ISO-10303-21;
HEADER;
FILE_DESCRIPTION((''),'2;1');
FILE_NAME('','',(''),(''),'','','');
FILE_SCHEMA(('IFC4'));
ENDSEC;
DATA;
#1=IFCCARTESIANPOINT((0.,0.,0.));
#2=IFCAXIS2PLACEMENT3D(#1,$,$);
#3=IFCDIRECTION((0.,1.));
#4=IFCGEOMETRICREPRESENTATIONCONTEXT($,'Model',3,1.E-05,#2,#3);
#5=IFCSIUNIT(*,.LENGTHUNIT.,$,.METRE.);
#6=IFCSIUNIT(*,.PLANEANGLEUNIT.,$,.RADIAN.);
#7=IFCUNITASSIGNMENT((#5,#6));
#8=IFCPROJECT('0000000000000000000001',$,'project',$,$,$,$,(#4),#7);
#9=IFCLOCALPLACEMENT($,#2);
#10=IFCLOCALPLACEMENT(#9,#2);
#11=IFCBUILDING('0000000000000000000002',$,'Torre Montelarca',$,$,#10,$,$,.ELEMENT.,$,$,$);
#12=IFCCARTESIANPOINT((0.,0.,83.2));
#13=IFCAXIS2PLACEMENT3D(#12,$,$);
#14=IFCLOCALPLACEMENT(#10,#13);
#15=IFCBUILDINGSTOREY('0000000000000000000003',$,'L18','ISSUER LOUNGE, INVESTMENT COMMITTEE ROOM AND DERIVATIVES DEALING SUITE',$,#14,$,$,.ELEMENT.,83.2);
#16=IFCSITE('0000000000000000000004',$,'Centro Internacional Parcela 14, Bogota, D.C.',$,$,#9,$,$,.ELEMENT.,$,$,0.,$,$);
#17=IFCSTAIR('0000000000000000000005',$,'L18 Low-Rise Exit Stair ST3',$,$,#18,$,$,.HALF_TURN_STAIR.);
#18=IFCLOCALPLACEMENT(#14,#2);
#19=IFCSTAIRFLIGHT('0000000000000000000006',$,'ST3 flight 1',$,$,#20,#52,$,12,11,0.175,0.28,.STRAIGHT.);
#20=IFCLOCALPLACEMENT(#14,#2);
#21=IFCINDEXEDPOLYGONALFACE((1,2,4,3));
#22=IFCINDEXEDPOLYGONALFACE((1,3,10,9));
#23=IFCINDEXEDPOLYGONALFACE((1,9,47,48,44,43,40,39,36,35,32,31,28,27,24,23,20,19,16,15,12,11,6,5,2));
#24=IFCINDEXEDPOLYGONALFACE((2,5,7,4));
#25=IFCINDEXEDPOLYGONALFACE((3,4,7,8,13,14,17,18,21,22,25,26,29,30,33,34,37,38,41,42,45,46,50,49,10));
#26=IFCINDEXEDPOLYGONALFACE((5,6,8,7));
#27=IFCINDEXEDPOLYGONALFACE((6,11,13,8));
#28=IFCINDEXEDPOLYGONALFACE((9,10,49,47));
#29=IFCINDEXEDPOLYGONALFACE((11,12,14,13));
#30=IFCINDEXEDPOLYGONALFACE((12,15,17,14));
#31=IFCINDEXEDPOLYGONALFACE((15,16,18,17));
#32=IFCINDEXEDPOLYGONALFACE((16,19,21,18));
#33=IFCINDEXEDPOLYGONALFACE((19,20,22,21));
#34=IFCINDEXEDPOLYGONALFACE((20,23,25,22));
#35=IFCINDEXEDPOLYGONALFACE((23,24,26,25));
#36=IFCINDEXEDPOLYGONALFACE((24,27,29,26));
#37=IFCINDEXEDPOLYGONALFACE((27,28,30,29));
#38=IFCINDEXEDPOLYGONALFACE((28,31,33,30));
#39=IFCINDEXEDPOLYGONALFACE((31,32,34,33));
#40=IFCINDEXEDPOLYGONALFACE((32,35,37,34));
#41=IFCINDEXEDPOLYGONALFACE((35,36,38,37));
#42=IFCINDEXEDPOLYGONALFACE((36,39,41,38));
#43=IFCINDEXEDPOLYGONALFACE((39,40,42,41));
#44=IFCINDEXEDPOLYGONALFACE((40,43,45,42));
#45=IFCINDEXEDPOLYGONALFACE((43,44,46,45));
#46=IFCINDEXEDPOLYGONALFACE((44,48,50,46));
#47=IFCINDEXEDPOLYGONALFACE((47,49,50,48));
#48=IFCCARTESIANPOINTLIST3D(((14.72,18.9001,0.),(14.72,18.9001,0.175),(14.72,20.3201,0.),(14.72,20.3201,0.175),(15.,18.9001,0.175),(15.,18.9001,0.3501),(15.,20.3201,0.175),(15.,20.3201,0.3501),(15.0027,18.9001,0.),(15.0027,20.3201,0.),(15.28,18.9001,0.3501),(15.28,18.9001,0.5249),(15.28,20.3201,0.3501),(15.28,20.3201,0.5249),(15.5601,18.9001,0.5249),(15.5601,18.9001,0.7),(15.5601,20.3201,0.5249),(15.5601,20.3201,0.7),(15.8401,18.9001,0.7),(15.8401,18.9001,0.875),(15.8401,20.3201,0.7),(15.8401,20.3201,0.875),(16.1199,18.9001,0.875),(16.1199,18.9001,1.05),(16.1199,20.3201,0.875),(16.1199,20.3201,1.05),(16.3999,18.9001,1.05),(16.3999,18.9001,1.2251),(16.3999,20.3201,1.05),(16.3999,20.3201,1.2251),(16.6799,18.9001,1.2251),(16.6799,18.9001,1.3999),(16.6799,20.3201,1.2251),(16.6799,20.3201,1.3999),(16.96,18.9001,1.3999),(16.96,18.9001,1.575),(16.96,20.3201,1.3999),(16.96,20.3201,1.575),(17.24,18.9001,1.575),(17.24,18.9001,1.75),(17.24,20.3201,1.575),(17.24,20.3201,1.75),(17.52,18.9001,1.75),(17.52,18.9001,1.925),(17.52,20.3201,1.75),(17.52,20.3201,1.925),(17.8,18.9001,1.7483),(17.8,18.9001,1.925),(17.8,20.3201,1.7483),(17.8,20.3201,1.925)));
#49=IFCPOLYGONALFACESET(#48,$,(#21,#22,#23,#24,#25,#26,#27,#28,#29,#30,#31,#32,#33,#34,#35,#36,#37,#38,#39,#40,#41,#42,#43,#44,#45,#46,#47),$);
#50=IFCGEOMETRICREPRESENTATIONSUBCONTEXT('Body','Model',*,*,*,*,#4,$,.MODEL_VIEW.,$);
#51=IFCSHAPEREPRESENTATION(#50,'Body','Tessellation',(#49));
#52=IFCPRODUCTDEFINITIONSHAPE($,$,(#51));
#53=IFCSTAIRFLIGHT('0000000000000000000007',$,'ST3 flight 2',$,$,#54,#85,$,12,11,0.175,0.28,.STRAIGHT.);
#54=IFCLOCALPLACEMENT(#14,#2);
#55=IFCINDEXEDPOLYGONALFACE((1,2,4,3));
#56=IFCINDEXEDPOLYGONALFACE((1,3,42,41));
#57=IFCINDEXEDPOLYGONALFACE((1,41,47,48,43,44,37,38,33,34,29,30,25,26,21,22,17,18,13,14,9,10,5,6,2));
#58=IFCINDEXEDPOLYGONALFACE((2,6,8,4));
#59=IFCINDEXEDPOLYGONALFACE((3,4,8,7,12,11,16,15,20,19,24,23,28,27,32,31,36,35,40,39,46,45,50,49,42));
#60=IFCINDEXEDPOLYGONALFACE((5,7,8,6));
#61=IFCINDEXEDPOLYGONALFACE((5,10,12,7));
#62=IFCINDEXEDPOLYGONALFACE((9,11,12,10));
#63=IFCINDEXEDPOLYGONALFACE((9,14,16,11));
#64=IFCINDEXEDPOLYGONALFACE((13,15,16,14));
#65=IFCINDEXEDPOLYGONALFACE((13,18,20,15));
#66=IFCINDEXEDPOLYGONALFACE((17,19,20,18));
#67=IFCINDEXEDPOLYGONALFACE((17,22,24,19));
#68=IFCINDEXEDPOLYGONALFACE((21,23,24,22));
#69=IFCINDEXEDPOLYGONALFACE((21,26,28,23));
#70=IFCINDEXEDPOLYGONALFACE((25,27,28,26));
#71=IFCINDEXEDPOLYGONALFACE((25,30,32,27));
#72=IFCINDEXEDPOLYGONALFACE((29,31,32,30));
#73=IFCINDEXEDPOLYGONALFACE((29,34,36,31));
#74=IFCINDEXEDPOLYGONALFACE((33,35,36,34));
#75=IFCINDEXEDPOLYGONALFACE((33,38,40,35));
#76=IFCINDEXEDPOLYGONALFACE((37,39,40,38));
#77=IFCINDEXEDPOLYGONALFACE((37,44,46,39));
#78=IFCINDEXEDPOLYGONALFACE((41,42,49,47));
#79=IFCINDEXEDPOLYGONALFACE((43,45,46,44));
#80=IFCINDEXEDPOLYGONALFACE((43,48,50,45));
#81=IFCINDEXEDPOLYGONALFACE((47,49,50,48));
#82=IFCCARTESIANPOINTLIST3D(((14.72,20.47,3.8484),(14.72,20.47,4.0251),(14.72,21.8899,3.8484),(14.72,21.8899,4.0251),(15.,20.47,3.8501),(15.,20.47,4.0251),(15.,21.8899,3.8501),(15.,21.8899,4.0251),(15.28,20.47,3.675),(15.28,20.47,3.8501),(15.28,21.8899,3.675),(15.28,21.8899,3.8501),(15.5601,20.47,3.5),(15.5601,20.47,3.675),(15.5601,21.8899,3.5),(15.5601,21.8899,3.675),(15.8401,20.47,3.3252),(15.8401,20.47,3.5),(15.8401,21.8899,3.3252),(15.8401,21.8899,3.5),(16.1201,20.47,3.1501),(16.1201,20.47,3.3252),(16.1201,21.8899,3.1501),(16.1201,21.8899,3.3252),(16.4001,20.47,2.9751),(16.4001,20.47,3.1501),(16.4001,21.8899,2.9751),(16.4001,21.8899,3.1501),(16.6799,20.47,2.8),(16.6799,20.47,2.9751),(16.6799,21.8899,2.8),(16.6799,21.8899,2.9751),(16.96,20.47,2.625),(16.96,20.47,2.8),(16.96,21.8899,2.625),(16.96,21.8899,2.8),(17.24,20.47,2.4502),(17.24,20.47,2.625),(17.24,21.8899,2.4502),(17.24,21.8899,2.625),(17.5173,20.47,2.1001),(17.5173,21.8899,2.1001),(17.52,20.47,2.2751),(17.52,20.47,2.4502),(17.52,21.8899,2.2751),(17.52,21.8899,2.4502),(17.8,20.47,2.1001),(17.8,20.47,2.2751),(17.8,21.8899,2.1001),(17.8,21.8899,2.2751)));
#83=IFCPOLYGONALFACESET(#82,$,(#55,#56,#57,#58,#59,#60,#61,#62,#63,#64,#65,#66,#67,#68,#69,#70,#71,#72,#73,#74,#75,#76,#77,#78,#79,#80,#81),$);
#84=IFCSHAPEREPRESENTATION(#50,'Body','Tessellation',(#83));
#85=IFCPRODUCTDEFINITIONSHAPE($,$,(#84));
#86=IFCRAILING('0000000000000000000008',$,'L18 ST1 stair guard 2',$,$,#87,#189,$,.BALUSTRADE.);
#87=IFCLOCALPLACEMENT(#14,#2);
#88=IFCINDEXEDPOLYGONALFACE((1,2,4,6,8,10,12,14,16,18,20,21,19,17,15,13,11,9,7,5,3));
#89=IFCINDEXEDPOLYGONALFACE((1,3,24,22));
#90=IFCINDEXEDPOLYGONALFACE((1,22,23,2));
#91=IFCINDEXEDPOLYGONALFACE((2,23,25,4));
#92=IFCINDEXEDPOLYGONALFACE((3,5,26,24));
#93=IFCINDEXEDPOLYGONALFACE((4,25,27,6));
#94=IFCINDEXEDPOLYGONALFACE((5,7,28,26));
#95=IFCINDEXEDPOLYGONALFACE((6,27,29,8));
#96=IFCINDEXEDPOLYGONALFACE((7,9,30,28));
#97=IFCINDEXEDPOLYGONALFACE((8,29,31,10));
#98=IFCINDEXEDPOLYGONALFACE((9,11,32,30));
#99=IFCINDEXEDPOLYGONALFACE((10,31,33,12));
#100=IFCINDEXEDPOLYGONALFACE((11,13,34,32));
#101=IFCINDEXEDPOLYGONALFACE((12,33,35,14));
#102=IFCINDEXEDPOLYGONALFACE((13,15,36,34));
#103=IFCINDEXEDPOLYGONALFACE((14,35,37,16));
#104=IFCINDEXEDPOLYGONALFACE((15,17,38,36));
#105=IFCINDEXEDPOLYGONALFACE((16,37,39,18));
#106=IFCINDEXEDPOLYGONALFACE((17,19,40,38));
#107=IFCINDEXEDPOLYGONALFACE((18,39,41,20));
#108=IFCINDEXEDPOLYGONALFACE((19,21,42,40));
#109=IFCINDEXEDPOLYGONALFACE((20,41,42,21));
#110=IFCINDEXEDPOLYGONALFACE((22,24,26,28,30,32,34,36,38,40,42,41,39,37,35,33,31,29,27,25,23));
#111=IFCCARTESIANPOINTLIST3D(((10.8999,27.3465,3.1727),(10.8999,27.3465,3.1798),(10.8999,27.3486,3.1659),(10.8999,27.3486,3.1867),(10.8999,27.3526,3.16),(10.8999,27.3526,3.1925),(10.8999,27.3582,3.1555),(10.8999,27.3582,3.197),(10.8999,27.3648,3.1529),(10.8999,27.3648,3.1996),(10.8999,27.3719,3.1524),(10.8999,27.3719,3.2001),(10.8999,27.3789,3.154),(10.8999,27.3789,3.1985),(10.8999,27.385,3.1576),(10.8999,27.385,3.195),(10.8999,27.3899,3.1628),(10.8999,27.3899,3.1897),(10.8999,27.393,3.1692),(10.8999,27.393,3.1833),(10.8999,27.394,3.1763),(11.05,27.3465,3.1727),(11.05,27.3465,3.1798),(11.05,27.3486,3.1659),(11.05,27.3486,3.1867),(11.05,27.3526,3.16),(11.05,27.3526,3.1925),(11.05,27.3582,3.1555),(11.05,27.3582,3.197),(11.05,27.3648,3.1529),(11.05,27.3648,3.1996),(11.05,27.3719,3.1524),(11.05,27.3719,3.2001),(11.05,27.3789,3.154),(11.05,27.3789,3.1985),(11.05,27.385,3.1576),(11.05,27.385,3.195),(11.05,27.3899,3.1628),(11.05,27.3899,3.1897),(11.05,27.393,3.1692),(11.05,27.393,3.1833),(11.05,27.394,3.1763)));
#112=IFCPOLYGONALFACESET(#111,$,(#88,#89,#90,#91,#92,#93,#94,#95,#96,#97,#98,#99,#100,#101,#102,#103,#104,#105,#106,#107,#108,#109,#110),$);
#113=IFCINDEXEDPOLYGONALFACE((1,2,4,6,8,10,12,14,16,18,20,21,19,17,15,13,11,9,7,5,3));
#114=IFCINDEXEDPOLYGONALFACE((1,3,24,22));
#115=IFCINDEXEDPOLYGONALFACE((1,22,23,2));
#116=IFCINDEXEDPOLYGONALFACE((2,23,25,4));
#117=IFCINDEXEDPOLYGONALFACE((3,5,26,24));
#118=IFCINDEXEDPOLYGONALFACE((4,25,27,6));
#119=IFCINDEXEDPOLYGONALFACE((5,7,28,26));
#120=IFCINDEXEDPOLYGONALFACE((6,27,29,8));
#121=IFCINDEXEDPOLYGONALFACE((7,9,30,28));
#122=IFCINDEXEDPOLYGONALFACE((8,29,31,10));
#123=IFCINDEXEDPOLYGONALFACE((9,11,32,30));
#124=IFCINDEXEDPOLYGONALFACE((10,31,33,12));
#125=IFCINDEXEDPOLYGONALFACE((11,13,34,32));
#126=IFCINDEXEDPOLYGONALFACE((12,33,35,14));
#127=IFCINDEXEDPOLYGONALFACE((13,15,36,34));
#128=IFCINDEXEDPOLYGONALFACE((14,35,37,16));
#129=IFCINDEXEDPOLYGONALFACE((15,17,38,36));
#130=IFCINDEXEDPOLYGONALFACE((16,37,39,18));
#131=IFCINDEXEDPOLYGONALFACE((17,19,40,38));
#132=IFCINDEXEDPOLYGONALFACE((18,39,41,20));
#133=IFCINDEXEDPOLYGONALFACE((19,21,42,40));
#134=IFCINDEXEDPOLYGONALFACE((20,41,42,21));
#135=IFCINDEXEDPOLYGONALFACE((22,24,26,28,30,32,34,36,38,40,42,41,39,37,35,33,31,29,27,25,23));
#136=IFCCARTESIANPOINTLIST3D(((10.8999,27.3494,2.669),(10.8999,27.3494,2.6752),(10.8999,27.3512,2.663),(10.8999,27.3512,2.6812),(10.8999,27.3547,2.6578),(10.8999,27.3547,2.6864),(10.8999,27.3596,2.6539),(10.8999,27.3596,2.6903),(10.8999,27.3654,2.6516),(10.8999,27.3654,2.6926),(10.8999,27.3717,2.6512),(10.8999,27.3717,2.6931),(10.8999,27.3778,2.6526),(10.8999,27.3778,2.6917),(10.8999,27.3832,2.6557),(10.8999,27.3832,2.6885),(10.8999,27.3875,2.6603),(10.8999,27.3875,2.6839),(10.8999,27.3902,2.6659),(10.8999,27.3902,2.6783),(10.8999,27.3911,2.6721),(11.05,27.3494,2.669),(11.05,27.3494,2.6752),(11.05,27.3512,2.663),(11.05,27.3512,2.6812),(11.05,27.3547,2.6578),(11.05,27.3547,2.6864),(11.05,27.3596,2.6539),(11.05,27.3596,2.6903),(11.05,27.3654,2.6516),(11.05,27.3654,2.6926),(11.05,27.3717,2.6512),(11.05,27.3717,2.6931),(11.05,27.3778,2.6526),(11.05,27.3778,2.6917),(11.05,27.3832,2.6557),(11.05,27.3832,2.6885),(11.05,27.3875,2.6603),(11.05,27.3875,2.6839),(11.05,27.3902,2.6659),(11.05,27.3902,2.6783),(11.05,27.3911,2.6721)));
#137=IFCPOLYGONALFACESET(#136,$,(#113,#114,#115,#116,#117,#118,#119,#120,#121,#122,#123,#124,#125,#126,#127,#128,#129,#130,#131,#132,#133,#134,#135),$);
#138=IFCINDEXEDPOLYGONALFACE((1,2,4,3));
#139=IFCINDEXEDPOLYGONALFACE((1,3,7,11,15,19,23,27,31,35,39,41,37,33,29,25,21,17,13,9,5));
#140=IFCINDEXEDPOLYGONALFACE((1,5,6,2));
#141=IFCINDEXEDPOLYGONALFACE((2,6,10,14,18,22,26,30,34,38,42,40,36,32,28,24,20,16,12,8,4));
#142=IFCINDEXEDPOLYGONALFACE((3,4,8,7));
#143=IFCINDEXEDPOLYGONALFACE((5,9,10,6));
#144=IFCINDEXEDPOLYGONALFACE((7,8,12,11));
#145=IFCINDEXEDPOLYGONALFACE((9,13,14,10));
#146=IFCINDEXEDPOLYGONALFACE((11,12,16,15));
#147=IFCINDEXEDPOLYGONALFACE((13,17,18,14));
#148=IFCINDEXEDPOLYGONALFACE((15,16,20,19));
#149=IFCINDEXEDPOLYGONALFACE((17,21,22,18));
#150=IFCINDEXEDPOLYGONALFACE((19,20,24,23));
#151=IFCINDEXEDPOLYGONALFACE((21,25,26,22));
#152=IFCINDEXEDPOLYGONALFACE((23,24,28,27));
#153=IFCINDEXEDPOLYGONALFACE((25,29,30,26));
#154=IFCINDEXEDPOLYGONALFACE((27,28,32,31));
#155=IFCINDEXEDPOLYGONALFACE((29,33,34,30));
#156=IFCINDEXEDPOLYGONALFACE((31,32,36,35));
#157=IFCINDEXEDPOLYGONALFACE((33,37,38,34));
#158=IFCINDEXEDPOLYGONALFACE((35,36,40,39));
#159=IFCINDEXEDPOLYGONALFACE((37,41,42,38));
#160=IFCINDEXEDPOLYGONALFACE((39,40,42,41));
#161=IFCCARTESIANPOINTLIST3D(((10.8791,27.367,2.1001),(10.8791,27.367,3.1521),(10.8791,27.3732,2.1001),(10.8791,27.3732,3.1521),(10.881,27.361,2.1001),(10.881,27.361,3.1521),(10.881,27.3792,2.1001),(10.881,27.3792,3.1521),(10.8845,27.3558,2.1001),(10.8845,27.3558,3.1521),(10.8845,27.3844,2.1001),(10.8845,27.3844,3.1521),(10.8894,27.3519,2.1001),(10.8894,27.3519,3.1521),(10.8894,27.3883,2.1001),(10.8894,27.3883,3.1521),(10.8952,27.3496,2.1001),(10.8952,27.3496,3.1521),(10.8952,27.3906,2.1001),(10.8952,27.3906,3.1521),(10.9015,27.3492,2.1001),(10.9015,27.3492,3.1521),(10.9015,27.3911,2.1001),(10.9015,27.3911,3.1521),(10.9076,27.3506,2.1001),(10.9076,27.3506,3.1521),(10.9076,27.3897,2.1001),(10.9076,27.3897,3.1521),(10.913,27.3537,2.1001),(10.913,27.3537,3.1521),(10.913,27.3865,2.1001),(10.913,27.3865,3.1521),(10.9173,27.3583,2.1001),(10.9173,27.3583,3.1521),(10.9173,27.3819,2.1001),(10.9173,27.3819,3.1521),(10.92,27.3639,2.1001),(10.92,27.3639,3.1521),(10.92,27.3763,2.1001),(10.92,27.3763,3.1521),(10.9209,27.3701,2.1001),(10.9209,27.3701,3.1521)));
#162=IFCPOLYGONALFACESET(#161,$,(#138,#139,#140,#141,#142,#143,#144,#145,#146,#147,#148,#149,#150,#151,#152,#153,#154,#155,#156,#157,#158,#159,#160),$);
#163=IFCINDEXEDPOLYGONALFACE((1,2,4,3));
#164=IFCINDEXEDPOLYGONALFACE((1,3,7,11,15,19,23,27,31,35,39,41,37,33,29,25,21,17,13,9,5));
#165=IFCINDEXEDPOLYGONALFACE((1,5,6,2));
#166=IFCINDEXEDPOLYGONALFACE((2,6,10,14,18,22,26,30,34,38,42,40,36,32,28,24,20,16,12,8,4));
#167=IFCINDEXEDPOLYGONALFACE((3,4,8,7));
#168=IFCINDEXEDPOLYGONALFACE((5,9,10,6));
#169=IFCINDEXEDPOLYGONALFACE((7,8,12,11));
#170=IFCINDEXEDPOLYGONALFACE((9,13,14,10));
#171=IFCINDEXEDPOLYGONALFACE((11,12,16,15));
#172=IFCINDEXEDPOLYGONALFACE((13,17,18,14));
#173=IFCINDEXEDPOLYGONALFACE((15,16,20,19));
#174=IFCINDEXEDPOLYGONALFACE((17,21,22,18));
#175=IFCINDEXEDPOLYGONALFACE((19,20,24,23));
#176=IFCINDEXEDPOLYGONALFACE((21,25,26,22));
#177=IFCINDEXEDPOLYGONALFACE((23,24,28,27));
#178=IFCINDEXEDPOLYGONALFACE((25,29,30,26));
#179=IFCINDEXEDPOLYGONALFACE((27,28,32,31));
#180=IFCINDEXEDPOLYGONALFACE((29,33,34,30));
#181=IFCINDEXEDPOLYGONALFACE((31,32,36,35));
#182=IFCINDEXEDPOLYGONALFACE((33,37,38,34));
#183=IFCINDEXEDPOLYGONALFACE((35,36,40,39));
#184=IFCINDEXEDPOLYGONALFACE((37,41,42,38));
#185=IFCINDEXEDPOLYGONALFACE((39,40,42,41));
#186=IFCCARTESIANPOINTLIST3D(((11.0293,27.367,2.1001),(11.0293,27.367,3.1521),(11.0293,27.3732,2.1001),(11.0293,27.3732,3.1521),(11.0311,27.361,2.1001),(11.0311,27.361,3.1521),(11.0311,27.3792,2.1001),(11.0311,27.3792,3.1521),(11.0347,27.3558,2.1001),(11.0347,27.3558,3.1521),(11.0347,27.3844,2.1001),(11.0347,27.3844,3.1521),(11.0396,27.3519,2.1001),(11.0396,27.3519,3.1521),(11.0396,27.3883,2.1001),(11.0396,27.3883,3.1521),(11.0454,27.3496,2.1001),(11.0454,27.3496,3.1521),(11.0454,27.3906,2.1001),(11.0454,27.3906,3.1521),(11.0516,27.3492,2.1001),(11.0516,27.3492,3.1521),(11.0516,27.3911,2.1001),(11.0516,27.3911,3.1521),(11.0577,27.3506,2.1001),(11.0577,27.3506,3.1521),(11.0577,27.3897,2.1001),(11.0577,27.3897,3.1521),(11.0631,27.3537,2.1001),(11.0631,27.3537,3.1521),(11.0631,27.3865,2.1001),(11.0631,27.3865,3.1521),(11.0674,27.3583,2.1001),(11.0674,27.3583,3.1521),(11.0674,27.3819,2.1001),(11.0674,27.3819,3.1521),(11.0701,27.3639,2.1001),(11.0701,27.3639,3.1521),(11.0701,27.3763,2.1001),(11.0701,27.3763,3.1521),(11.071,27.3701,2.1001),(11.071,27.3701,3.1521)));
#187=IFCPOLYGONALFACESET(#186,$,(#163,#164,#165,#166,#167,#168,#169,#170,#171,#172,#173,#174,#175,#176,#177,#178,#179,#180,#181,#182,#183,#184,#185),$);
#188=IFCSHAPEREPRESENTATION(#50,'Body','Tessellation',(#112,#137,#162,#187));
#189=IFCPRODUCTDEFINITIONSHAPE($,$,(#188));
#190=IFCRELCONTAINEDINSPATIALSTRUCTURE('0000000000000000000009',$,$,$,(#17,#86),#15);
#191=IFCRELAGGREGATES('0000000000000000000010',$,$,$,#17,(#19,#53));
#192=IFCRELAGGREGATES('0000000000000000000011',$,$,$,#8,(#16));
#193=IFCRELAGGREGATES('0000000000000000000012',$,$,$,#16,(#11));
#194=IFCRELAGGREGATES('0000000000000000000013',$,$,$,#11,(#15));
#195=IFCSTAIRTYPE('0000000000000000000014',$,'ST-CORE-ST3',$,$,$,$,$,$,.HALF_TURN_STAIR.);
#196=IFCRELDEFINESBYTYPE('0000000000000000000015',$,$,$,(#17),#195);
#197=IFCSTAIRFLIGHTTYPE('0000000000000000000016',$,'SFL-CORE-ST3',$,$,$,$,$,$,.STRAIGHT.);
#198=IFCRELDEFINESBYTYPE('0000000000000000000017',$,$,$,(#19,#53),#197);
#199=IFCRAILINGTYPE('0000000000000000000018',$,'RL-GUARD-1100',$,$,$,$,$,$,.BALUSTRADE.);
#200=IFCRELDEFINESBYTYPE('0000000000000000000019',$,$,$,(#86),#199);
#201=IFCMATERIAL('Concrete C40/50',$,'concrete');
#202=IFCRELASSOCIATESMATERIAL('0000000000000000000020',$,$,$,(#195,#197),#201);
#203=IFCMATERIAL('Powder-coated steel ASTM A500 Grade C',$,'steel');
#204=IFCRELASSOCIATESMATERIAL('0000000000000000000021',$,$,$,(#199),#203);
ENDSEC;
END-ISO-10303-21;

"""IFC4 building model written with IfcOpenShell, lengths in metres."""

from ifc_helpers import new_model, si_unit, direction, frame, origin, origin_2d, place, context, subcontext, project, spatial, polyline, circle, outline, extrude, material, type_object, element, aggregate, save


model = new_model("IFC4")

# Units and contexts
model_context = context("Model", 3, precision=1e-05, world=origin(), true_north=direction((0.0, 1.0)))
body_context = subcontext(model_context, "Body", "Model", "MODEL_VIEW")
ifc_project = project(units=[si_unit("LENGTHUNIT", "METRE"), si_unit("PLANEANGLEUNIT", "RADIAN")], contexts=[model_context])

# Site, building, storey
site_placement = place(None, origin())
site = spatial("IfcSite", under=ifc_project, at=site_placement, Name="Centro Internacional Parcela 14, Bogota, D.C.", CompositionType="ELEMENT", RefElevation=0.0)
building_placement = place(site_placement, origin())
building = spatial("IfcBuilding", under=site, at=building_placement, Name="Torre Montelarca", CompositionType="ELEMENT")
storey_placement = place(building_placement, frame((0.0, 0.0, 83.2)))
storey = spatial("IfcBuildingStorey", under=building, at=storey_placement, Name="L18", Description="ISSUER LOUNGE, INVESTMENT COMMITTEE ROOM AND DERIVATIVES DEALING SUITE", CompositionType="ELEMENT", Elevation=83.2)

# Shared definitions
ifc_material_1 = material(Name="Concrete C40/50", Category="concrete")

# Stair, stair flights
stair_type = type_object("IfcStairType", Name="ST-CORE-ST3", PredefinedType="HALF_TURN_STAIR", material=ifc_material_1)
stair_placement = place(storey_placement, origin())
stair = element("IfcStair", 1, at=stair_placement, inside=storey, type_object=stair_type, Name="L18 Low-Rise Exit Stair ST3", PredefinedType="HALF_TURN_STAIR")
stair_flight_type = type_object("IfcStairFlightType", Name="SFL-CORE-ST3", PredefinedType="STRAIGHT", material=ifc_material_1)
stair_flight_1_placement = place(storey_placement, frame((14.72, 19.6101, 0.0), z_axis=(0.0, 0.0, 1.0), x_axis=(1.0, 0.0, 0.0)))
stair_flight_1 = element("IfcStairFlight", 2, at=stair_flight_1_placement, type_object=stair_flight_type, Name="ST3 flight 1", NumberOfRisers=12, NumberOfTreads=11, PredefinedType="STRAIGHT", RiserHeight=0.175, TreadLength=0.28, context=body_context, shape_type="SweptSolid", body=[
    extrude(outline(polyline([(0.0, 0.0), (0.0, 0.175), (0.28, 0.175), (0.28, 0.3501), (0.5601, 0.3501), (0.5601, 0.5249), (0.8401, 0.5249), (0.8401, 0.7), (1.1201, 0.7), (1.1201, 0.875), (1.3999, 0.875), (1.3999, 1.05), (1.6799, 1.05), (1.6799, 1.2251), (1.96, 1.2251), (1.96, 1.3999), (2.24, 1.3999), (2.24, 1.575), (2.52, 1.575), (2.52, 1.75), (2.8, 1.75), (2.8, 1.925), (3.0801, 1.925), (3.0801, 2.1001), (3.0801, 1.7483), (0.2827, 0.0), (0.0, 0.0)])), frame((0.0, 0.71, 0.0), z_axis=(0.0, -1.0, 0.0), x_axis=(1.0, 0.0, 0.0)), (0.0, 0.0, 1.0), 1.4199),
])
stair_flight_2_placement = place(storey_placement, frame((17.8, 21.1799, 2.1001), z_axis=(0.0, 0.0, 1.0), x_axis=(-1.0, 0.0, 0.0)))
stair_flight_2 = element("IfcStairFlight", 3, at=stair_flight_2_placement, type_object=stair_flight_type, Name="ST3 flight 2", NumberOfRisers=12, NumberOfTreads=11, PredefinedType="STRAIGHT", RiserHeight=0.175, TreadLength=0.28, context=body_context, shape_type="SweptSolid", body=[
    extrude(outline(polyline([(0.0, 0.0), (0.0, 0.175), (0.28, 0.175), (0.28, 0.3501), (0.5601, 0.3501), (0.5601, 0.5249), (0.8401, 0.5249), (0.8401, 0.7), (1.1201, 0.7), (1.1201, 0.875), (1.3999, 0.875), (1.3999, 1.05), (1.6799, 1.05), (1.6799, 1.2251), (1.96, 1.2251), (1.96, 1.3999), (2.24, 1.3999), (2.24, 1.575), (2.52, 1.575), (2.52, 1.75), (2.8, 1.75), (2.8, 1.925), (3.0801, 1.925), (3.0801, 2.1001), (3.0801, 1.7483), (0.2827, 0.0), (0.0, 0.0)])), frame((0.0, 0.71, 0.0), z_axis=(0.0, -1.0, 0.0), x_axis=(1.0, 0.0, 0.0)), (0.0, 0.0, 1.0), 1.4199),
])
aggregate(stair, [stair_flight_1, stair_flight_2])

# Railing
ifc_material_2 = material(Name="Powder-coated steel ASTM A500 Grade C", Category="steel")
railing_type_1 = type_object("IfcRailingType", Name="RL-GUARD-1100", PredefinedType="BALUSTRADE", material=ifc_material_2)
railing_1_placement = place(storey_placement, frame((10.8999, 27.3701, 2.1001)))
element("IfcRailing", 4, at=railing_1_placement, inside=storey, type_object=railing_type_1, Name="L18 ST1 stair guard 2", PredefinedType="BALUSTRADE", context=body_context, shape_type="SweptSolid", body=[
    extrude(circle(Radius=0.0239, at=origin_2d()), frame((0.0, 0.0, 1.0762), z_axis=(1.0, 0.0, 0.0), x_axis=(0.0, 1.0, 0.0)), (0.0, 0.0, 1.0), 0.1501),
    extrude(circle(Radius=0.021, at=origin_2d()), frame((0.0, 0.0, 0.572), z_axis=(1.0, 0.0, 0.0), x_axis=(0.0, 1.0, 0.0)), (0.0, 0.0, 1.0), 0.1501),
    extrude(circle(Radius=0.021, at=origin_2d()), origin(), (0.0, 0.0, 1.0), 1.052),
    extrude(circle(Radius=0.021, at=origin_2d()), frame((0.1501, 0.0, 0.0)), (0.0, 0.0, 1.0), 1.052),
])

save(model, "model.ifc")
